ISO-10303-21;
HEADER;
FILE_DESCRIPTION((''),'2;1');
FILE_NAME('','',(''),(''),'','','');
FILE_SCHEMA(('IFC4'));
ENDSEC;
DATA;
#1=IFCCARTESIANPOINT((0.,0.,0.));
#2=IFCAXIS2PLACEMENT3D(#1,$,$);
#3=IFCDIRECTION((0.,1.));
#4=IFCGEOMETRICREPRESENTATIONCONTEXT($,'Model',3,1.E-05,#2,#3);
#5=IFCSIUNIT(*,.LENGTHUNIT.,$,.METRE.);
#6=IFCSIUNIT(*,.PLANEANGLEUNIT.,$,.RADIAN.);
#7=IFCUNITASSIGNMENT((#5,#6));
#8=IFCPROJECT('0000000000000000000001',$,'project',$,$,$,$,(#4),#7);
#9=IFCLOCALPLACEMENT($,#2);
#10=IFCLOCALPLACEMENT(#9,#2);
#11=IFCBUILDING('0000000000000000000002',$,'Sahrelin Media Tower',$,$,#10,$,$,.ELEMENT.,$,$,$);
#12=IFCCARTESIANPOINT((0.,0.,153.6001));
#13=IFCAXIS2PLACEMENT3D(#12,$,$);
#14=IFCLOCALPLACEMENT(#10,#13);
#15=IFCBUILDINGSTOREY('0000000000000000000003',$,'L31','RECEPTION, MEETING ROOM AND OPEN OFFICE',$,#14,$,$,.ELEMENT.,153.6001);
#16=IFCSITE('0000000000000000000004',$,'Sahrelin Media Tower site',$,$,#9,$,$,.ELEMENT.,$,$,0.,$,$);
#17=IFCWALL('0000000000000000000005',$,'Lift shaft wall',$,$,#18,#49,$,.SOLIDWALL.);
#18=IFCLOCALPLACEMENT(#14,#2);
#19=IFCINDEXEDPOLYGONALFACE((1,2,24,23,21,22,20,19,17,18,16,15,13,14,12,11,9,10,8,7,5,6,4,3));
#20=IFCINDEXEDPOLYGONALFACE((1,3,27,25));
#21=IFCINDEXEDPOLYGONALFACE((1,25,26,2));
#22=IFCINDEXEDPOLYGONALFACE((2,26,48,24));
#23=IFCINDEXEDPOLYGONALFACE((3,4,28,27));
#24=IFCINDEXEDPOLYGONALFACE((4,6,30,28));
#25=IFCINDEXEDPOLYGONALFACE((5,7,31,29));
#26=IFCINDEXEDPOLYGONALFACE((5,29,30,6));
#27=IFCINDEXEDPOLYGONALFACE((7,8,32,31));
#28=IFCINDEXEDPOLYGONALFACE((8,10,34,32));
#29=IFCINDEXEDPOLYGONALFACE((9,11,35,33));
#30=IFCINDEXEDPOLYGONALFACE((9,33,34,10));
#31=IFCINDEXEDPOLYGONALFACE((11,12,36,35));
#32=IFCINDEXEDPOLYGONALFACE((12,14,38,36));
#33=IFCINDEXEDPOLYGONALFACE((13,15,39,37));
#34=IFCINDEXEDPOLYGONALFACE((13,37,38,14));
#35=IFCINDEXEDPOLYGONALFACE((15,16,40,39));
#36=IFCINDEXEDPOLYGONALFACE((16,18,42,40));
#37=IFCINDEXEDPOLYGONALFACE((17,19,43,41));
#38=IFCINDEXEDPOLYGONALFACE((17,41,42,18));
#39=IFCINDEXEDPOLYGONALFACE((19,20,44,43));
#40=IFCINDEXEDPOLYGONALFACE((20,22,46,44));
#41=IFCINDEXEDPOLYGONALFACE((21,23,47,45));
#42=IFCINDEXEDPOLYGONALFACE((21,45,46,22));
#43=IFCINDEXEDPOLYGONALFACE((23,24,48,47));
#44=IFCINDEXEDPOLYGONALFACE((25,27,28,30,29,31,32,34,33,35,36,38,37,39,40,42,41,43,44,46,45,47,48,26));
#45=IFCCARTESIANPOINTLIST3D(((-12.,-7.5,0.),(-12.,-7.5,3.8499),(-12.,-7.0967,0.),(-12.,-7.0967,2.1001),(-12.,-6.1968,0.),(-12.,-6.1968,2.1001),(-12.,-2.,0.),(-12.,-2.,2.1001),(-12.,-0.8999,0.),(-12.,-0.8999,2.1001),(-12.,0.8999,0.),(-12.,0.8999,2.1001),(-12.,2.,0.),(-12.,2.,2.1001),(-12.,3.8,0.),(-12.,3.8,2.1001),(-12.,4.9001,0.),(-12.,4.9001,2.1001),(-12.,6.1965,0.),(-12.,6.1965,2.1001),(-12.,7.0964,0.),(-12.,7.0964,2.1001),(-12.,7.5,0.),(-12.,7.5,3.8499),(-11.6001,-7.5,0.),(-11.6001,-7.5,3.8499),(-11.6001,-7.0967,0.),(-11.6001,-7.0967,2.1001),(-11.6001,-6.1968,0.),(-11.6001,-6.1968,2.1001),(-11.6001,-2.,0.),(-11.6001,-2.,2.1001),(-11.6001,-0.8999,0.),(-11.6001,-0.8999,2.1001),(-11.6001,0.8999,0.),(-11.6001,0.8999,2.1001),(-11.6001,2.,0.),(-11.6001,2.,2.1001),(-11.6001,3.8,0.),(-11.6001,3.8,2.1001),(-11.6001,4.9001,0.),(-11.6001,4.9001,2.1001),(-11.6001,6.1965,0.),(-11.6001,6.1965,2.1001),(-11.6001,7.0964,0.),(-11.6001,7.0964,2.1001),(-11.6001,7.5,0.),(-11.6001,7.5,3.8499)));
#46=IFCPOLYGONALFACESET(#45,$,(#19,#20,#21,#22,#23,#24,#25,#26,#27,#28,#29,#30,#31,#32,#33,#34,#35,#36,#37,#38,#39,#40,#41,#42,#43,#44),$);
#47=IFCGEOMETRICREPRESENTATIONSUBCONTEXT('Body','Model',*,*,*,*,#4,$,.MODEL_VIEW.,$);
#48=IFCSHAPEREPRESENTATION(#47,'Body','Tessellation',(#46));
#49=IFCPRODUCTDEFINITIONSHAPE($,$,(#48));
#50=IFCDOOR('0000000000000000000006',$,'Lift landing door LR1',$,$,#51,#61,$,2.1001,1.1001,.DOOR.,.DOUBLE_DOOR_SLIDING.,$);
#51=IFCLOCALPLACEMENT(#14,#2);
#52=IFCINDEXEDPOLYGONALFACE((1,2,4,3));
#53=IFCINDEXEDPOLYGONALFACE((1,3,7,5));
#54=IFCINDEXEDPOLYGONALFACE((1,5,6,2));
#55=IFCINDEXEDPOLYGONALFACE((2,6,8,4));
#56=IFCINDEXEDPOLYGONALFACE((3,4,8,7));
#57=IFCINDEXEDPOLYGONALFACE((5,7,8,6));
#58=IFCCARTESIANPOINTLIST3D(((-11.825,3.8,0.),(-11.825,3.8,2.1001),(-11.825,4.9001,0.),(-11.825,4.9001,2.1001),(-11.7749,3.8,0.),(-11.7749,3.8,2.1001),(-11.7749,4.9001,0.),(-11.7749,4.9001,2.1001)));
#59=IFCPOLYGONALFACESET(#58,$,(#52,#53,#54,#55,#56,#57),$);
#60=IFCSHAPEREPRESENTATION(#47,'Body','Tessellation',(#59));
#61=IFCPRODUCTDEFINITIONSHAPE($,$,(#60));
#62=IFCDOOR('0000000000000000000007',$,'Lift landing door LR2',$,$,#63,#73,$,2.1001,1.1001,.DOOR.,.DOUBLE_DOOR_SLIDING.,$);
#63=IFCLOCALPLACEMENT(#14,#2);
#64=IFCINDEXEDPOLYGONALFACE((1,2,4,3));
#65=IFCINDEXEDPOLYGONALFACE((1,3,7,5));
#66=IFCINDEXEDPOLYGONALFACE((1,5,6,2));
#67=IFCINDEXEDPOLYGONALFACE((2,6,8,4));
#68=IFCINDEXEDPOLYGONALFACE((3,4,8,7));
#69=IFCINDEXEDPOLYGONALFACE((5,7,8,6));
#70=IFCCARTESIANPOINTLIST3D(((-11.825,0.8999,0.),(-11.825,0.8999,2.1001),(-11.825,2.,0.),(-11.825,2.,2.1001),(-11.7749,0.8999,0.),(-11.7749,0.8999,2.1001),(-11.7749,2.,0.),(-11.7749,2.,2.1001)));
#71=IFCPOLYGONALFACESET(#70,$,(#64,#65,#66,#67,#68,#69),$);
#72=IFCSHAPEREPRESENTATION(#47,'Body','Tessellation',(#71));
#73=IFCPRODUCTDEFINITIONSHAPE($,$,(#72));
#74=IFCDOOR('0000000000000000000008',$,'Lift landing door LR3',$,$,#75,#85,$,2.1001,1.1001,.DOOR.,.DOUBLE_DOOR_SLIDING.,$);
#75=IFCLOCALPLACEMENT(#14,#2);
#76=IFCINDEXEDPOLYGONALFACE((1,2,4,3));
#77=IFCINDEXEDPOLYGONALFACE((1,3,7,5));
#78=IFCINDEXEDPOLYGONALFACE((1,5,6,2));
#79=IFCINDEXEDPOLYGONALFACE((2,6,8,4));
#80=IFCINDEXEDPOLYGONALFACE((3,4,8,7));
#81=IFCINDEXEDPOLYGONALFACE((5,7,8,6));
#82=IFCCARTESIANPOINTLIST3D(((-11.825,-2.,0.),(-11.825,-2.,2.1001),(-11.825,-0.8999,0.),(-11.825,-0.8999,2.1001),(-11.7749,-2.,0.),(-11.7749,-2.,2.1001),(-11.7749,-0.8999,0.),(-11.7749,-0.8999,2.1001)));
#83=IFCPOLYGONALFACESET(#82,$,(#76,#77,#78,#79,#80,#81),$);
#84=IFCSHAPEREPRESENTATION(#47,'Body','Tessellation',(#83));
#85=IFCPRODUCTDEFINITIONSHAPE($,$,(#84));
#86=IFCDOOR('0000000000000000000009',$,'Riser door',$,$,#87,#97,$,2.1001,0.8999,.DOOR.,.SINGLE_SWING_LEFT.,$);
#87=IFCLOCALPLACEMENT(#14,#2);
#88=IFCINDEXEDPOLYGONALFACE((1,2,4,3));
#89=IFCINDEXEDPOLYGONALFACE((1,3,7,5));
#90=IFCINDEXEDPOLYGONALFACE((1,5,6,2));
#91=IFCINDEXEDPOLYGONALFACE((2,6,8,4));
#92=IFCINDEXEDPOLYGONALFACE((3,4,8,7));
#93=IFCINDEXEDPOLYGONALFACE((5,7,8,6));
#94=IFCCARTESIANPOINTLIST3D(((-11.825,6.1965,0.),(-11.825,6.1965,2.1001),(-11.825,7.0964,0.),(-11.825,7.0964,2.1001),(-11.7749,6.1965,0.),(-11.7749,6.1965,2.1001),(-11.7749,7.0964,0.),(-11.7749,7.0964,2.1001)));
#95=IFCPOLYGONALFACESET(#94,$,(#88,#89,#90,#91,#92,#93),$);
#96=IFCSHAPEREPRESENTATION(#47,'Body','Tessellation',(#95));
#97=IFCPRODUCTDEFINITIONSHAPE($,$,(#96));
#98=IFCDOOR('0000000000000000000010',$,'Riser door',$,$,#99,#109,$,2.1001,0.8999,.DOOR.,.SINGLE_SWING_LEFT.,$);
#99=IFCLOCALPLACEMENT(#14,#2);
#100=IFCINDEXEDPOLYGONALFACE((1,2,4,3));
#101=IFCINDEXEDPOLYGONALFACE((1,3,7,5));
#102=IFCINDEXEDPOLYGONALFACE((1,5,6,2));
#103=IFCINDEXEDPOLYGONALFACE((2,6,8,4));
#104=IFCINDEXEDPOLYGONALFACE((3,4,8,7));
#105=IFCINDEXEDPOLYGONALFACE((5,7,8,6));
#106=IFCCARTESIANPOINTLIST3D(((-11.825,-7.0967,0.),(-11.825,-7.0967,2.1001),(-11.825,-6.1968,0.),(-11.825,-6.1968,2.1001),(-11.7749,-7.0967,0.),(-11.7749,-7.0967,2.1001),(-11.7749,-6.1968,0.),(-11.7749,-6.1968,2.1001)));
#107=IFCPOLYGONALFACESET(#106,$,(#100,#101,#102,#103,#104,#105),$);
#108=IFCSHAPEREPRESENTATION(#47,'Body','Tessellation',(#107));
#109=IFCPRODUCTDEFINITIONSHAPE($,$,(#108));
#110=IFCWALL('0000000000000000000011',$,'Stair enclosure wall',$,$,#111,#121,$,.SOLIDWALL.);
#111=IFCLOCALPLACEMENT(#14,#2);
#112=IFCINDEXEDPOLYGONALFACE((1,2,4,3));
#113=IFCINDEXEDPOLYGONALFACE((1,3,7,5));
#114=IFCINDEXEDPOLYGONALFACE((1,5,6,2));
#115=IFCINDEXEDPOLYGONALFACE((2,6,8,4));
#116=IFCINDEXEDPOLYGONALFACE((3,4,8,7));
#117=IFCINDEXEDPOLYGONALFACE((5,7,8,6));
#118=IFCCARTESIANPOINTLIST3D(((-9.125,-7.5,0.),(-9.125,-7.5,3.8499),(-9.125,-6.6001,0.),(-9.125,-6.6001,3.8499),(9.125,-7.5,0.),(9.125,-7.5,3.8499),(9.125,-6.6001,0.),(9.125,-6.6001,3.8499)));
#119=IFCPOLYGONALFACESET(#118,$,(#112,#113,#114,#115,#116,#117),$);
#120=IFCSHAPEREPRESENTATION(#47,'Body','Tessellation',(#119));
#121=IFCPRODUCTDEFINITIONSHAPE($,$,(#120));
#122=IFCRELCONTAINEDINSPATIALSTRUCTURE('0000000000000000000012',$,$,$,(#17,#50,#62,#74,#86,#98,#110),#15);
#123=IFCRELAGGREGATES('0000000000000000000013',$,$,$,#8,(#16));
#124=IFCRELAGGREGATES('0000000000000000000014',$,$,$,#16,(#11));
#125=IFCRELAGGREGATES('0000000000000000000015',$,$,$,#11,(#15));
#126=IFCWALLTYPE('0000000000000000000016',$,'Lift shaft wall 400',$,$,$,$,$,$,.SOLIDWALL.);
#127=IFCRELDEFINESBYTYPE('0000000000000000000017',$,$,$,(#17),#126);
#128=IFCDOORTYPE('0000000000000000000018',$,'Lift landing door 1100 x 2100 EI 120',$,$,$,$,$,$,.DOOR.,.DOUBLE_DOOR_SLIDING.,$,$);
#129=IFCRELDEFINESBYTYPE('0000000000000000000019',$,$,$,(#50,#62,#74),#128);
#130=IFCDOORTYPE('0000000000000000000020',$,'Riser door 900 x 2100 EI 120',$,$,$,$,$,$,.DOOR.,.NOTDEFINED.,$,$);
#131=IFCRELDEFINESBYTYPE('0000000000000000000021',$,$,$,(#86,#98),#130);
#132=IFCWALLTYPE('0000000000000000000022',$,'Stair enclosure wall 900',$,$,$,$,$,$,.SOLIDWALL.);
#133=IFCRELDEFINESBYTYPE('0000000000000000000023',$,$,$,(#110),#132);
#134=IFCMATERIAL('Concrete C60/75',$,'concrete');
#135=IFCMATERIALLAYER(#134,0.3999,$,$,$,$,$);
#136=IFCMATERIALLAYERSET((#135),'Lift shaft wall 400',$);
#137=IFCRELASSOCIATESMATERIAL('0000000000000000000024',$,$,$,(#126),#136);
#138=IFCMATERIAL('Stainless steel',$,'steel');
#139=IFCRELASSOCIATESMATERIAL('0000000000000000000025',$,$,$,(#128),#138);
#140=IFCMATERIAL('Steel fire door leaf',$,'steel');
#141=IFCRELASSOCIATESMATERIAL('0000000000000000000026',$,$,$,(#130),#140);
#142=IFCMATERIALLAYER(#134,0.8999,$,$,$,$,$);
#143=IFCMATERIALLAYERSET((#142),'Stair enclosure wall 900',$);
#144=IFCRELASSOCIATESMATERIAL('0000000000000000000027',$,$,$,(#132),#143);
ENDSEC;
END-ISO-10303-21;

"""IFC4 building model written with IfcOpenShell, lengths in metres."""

from ifc_helpers import new_model, si_unit, direction, frame, frame_2d, origin, place, context, subcontext, project, spatial, rectangle, extrude, material, layer, layer_set, type_object, element, fill, save


model = new_model("IFC4")

# Units and contexts
model_context = context("Model", 3, precision=1e-05, world=origin(), true_north=direction((0.0, 1.0)))
body_context = subcontext(model_context, "Body", "Model", "MODEL_VIEW")
ifc_project = project(units=[si_unit("LENGTHUNIT", "METRE"), si_unit("PLANEANGLEUNIT", "RADIAN")], contexts=[model_context])

# Site, building, storey
site_placement = place(None, origin())
site = spatial("IfcSite", under=ifc_project, at=site_placement, Name="Sahrelin Media Tower site", CompositionType="ELEMENT", RefElevation=0.0)
building_placement = place(site_placement, origin())
building = spatial("IfcBuilding", under=site, at=building_placement, Name="Sahrelin Media Tower", CompositionType="ELEMENT")
storey_placement = place(building_placement, frame((0.0, 0.0, 153.6001)))
storey = spatial("IfcBuildingStorey", under=building, at=storey_placement, Name="L31", Description="RECEPTION, MEETING ROOM AND OPEN OFFICE", CompositionType="ELEMENT", Elevation=153.6001)

# Shared definitions
ifc_material_1 = material(Name="Concrete C60/75", Category="concrete")
ifc_material_2 = material(Name="Steel fire door leaf", Category="steel")

# Wall, openings, doors
ifc_material_3 = material(Name="Stainless steel", Category="steel")
ifc_layer_1 = layer(ifc_material_1, 0.3999)
ifc_layer_set_1 = layer_set([ifc_layer_1], Name="Lift shaft wall 400")
wall_type_1 = type_object("IfcWallType", Name="Lift shaft wall 400", PredefinedType="SOLIDWALL", material=ifc_layer_set_1)
wall_1_placement = place(storey_placement, frame((-11.8, -7.5, 0.0), z_axis=(0.0, 0.0, 1.0), x_axis=(0.0, 1.0, 0.0)))
wall_1 = element("IfcWall", 1, at=wall_1_placement, inside=storey, type_object=wall_type_1, Name="Lift shaft wall", PredefinedType="SOLIDWALL", context=body_context, shape_type="SweptSolid", body=[
    extrude(rectangle(XDim=15.0, YDim=0.3999, at=frame_2d((7.5, 0.0))), origin(), (0.0, 0.0, 1.0), 3.8499),
])
opening_1_placement = place(wall_1_placement, frame((11.3, 0.0, 0.0)))
opening_1 = element("IfcOpeningElement", 2, at=opening_1_placement, cuts=wall_1, PredefinedType="OPENING", context=body_context, shape_type="SweptSolid", body=[
    extrude(rectangle(XDim=1.1001, YDim=2.1001, at=frame_2d((0.55, 1.05))), frame((0.0, 0.2, 0.0), z_axis=(0.0, -1.0, 0.0), x_axis=(1.0, 0.0, 0.0)), (0.0, 0.0, 1.0), 0.3999),
])
opening_2_placement = place(wall_1_placement, frame((8.3999, 0.0, 0.0)))
opening_2 = element("IfcOpeningElement", 3, at=opening_2_placement, cuts=wall_1, PredefinedType="OPENING", context=body_context, shape_type="SweptSolid", body=[
    extrude(rectangle(XDim=1.1001, YDim=2.1001, at=frame_2d((0.55, 1.05))), frame((0.0, 0.2, 0.0), z_axis=(0.0, -1.0, 0.0), x_axis=(1.0, 0.0, 0.0)), (0.0, 0.0, 1.0), 0.3999),
])
opening_3_placement = place(wall_1_placement, frame((5.5, 0.0, 0.0)))
opening_3 = element("IfcOpeningElement", 4, at=opening_3_placement, cuts=wall_1, PredefinedType="OPENING", context=body_context, shape_type="SweptSolid", body=[
    extrude(rectangle(XDim=1.1001, YDim=2.1001, at=frame_2d((0.55, 1.05))), frame((0.0, 0.2, 0.0), z_axis=(0.0, -1.0, 0.0), x_axis=(1.0, 0.0, 0.0)), (0.0, 0.0, 1.0), 0.3999),
])
opening_4_placement = place(wall_1_placement, frame((13.6965, 0.0, 0.0)))
opening_4 = element("IfcOpeningElement", 5, at=opening_4_placement, cuts=wall_1, PredefinedType="OPENING", context=body_context, shape_type="SweptSolid", body=[
    extrude(rectangle(XDim=0.8999, YDim=2.1001, at=frame_2d((0.45, 1.05))), frame((0.0, 0.2, 0.0), z_axis=(0.0, -1.0, 0.0), x_axis=(1.0, 0.0, 0.0)), (0.0, 0.0, 1.0), 0.3999),
])
opening_5_placement = place(wall_1_placement, frame((0.4033, 0.0, 0.0)))
opening_5 = element("IfcOpeningElement", 6, at=opening_5_placement, cuts=wall_1, PredefinedType="OPENING", context=body_context, shape_type="SweptSolid", body=[
    extrude(rectangle(XDim=0.8999, YDim=2.1001, at=frame_2d((0.45, 1.05))), frame((0.0, 0.2, 0.0), z_axis=(0.0, -1.0, 0.0), x_axis=(1.0, 0.0, 0.0)), (0.0, 0.0, 1.0), 0.3999),
])
door_type_1 = type_object("IfcDoorType", Name="Lift landing door 1100 x 2100 EI 120", OperationType="DOUBLE_DOOR_SLIDING", PredefinedType="DOOR", material=ifc_material_3)
door_1_placement = place(opening_1_placement, origin())
door_1 = element("IfcDoor", 7, at=door_1_placement, inside=storey, type_object=door_type_1, Name="Lift landing door LR1", OperationType="DOUBLE_DOOR_SLIDING", OverallHeight=2.1001, OverallWidth=1.1001, PredefinedType="DOOR", context=body_context, shape_type="SweptSolid", body=[
    extrude(rectangle(XDim=1.1001, YDim=2.1001, at=frame_2d((0.55, 1.05))), frame((0.0, 0.0249, 0.0), z_axis=(0.0, -1.0, 0.0), x_axis=(1.0, 0.0, 0.0)), (0.0, 0.0, 1.0), 0.05),
])
fill(opening_1, door_1)
door_2_placement = place(opening_2_placement, origin())
door_2 = element("IfcDoor", 8, at=door_2_placement, inside=storey, type_object=door_type_1, Name="Lift landing door LR2", OperationType="DOUBLE_DOOR_SLIDING", OverallHeight=2.1001, OverallWidth=1.1001, PredefinedType="DOOR", context=body_context, shape_type="SweptSolid", body=[
    extrude(rectangle(XDim=1.1001, YDim=2.1001, at=frame_2d((0.55, 1.05))), frame((0.0, 0.0249, 0.0), z_axis=(0.0, -1.0, 0.0), x_axis=(1.0, 0.0, 0.0)), (0.0, 0.0, 1.0), 0.05),
])
fill(opening_2, door_2)
door_3_placement = place(opening_3_placement, origin())
door_3 = element("IfcDoor", 9, at=door_3_placement, inside=storey, type_object=door_type_1, Name="Lift landing door LR3", OperationType="DOUBLE_DOOR_SLIDING", OverallHeight=2.1001, OverallWidth=1.1001, PredefinedType="DOOR", context=body_context, shape_type="SweptSolid", body=[
    extrude(rectangle(XDim=1.1001, YDim=2.1001, at=frame_2d((0.55, 1.05))), frame((0.0, 0.0249, 0.0), z_axis=(0.0, -1.0, 0.0), x_axis=(1.0, 0.0, 0.0)), (0.0, 0.0, 1.0), 0.05),
])
fill(opening_3, door_3)
door_type_2 = type_object("IfcDoorType", Name="Riser door 900 x 2100 EI 120", OperationType="NOTDEFINED", PredefinedType="DOOR", material=ifc_material_2)
door_4_placement = place(opening_4_placement, origin())
door_4 = element("IfcDoor", 10, at=door_4_placement, inside=storey, type_object=door_type_2, Name="Riser door", OperationType="SINGLE_SWING_LEFT", OverallHeight=2.1001, OverallWidth=0.8999, PredefinedType="DOOR", context=body_context, shape_type="SweptSolid", body=[
    extrude(rectangle(XDim=0.8999, YDim=2.1001, at=frame_2d((0.45, 1.05))), frame((0.0, 0.0249, 0.0), z_axis=(0.0, -1.0, 0.0), x_axis=(1.0, 0.0, 0.0)), (0.0, 0.0, 1.0), 0.05),
])
fill(opening_4, door_4)
door_5_placement = place(opening_5_placement, origin())
door_5 = element("IfcDoor", 11, at=door_5_placement, inside=storey, type_object=door_type_2, Name="Riser door", OperationType="SINGLE_SWING_LEFT", OverallHeight=2.1001, OverallWidth=0.8999, PredefinedType="DOOR", context=body_context, shape_type="SweptSolid", body=[
    extrude(rectangle(XDim=0.8999, YDim=2.1001, at=frame_2d((0.45, 1.05))), frame((0.0, 0.0249, 0.0), z_axis=(0.0, -1.0, 0.0), x_axis=(1.0, 0.0, 0.0)), (0.0, 0.0, 1.0), 0.05),
])
fill(opening_5, door_5)

# Wall
ifc_layer_2 = layer(ifc_material_1, 0.8999)
ifc_layer_set_2 = layer_set([ifc_layer_2], Name="Stair enclosure wall 900")
wall_type_2 = type_object("IfcWallType", Name="Stair enclosure wall 900", PredefinedType="SOLIDWALL", material=ifc_layer_set_2)
wall_2_placement = place(storey_placement, frame((-9.125, -7.05, 0.0), z_axis=(0.0, 0.0, 1.0), x_axis=(1.0, 0.0, 0.0)))
element("IfcWall", 12, at=wall_2_placement, inside=storey, type_object=wall_type_2, Name="Stair enclosure wall", PredefinedType="SOLIDWALL", context=body_context, shape_type="SweptSolid", body=[
    extrude(rectangle(XDim=18.25, YDim=0.8999, at=frame_2d((9.125, 0.0))), origin(), (0.0, 0.0, 1.0), 3.8499),
])

save(model, "model.ifc")
